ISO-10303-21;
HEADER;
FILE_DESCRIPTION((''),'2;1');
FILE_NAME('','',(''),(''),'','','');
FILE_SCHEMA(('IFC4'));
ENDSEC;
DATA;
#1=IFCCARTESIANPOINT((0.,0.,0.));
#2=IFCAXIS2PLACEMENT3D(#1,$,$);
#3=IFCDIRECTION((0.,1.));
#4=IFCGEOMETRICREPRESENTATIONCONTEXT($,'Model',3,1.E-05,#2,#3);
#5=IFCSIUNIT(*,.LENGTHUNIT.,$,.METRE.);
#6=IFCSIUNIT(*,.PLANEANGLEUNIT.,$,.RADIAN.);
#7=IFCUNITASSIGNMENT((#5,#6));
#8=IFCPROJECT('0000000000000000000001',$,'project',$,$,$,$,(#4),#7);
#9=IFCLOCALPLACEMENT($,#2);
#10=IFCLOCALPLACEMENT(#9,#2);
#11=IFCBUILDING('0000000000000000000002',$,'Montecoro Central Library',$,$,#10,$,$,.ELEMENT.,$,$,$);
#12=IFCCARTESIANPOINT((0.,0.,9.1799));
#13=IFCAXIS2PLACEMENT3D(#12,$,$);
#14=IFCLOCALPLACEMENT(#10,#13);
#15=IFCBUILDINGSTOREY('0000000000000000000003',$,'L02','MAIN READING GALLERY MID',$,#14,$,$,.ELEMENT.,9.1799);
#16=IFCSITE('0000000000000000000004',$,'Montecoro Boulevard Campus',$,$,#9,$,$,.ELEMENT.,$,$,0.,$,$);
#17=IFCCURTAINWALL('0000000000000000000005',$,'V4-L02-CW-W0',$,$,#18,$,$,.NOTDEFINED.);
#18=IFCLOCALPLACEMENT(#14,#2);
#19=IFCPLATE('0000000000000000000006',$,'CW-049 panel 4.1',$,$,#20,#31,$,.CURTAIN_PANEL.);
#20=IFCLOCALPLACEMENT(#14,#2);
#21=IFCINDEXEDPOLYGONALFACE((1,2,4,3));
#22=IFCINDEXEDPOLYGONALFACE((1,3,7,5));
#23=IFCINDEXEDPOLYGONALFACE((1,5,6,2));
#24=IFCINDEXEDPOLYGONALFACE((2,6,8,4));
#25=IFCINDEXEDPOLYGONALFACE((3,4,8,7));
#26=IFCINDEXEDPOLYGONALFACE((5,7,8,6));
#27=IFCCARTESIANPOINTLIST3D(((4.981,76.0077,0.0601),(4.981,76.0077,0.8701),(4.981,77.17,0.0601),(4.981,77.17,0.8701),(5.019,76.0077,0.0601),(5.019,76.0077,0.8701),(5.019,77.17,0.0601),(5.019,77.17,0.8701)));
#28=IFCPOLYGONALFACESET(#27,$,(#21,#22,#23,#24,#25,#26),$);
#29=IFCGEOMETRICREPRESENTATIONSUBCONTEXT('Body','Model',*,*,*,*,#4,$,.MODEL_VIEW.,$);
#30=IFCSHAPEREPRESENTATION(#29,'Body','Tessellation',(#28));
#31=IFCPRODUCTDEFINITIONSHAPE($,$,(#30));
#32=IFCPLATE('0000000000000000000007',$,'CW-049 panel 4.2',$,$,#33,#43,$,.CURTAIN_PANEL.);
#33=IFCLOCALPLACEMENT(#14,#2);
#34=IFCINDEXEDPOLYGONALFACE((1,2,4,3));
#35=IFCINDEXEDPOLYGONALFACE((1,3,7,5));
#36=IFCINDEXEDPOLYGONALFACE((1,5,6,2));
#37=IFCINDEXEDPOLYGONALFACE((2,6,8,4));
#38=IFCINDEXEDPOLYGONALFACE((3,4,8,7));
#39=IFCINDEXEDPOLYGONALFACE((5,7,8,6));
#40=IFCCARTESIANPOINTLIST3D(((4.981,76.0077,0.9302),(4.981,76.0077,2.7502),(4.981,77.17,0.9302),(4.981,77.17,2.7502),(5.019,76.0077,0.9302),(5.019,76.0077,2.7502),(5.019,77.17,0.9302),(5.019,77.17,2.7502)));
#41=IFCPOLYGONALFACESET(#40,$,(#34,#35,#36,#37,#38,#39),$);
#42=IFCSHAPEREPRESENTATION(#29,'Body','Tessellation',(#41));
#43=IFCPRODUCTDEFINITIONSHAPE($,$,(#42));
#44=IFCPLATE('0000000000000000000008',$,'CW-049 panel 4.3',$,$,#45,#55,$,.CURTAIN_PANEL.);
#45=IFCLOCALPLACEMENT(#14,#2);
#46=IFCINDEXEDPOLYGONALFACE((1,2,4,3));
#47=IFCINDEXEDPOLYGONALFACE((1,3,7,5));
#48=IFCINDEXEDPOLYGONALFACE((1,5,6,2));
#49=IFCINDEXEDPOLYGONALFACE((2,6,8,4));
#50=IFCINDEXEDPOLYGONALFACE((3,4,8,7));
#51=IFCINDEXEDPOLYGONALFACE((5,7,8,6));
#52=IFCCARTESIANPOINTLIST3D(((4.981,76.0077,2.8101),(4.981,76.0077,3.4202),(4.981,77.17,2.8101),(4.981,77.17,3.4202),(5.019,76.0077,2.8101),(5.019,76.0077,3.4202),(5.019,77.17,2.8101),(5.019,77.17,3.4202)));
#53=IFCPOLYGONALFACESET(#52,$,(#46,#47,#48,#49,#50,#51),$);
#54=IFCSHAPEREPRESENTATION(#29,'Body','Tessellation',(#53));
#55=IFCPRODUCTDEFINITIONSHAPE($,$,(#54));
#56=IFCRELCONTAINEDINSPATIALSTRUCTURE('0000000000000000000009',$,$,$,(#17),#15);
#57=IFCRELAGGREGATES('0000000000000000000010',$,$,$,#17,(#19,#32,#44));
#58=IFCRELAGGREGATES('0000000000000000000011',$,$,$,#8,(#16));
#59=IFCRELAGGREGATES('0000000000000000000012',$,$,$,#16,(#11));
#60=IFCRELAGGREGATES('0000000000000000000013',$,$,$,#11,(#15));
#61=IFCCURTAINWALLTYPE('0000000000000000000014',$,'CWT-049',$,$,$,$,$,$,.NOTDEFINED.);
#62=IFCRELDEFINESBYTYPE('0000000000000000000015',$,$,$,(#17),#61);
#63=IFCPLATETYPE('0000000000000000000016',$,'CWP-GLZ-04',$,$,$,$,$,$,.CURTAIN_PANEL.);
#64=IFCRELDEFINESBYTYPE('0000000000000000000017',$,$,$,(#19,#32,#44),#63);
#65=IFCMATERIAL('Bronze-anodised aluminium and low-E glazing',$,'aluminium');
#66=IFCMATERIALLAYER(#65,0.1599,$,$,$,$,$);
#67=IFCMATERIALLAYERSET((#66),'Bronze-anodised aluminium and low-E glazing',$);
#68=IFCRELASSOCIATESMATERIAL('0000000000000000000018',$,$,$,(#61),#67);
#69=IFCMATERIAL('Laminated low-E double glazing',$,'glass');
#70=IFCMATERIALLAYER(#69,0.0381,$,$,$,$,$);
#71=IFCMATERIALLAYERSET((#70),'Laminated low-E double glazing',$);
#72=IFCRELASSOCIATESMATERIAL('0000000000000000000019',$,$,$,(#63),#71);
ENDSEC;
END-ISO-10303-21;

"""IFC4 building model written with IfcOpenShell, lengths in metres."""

from ifc_helpers import new_model, si_unit, direction, frame, origin, origin_2d, place, context, subcontext, project, spatial, rectangle, extrude, material, layer, layer_set, type_object, element, aggregate, save


model = new_model("IFC4")

# Units and contexts
model_context = context("Model", 3, precision=1e-05, world=origin(), true_north=direction((0.0, 1.0)))
body_context = subcontext(model_context, "Body", "Model", "MODEL_VIEW")
ifc_project = project(units=[si_unit("LENGTHUNIT", "METRE"), si_unit("PLANEANGLEUNIT", "RADIAN")], contexts=[model_context])

# Site, building, storey
site_placement = place(None, origin())
site = spatial("IfcSite", under=ifc_project, at=site_placement, Name="Montecoro Boulevard Campus", CompositionType="ELEMENT", RefElevation=0.0)
building_placement = place(site_placement, origin())
building = spatial("IfcBuilding", under=site, at=building_placement, Name="Montecoro Central Library", CompositionType="ELEMENT")
storey_placement = place(building_placement, frame((0.0, 0.0, 9.1799)))
storey = spatial("IfcBuildingStorey", under=building, at=storey_placement, Name="L02", Description="MAIN READING GALLERY MID", CompositionType="ELEMENT", Elevation=9.1799)

# Curtain wall, plates
ifc_material_1 = material(Name="Bronze-anodised aluminium and low-E glazing", Category="aluminium")
ifc_layer_1 = layer(ifc_material_1, 0.1599)
ifc_layer_set_1 = layer_set([ifc_layer_1], Name="Bronze-anodised aluminium and low-E glazing")
curtain_wall_type = type_object("IfcCurtainWallType", Name="CWT-049", PredefinedType="NOTDEFINED", material=ifc_layer_set_1)
curtain_wall_placement = place(storey_placement, origin())
curtain_wall = element("IfcCurtainWall", 1, at=curtain_wall_placement, inside=storey, type_object=curtain_wall_type, Name="V4-L02-CW-W0", PredefinedType="NOTDEFINED")
ifc_material_2 = material(Name="Laminated low-E double glazing", Category="glass")
ifc_layer_2 = layer(ifc_material_2, 0.0381)
ifc_layer_set_2 = layer_set([ifc_layer_2], Name="Laminated low-E double glazing")
plate_type = type_object("IfcPlateType", Name="CWP-GLZ-04", PredefinedType="CURTAIN_PANEL", material=ifc_layer_set_2)
plate_1_placement = place(storey_placement, frame((5.0, 76.5889, 0.0601), z_axis=(0.0, 0.0, 1.0), x_axis=(0.0, -1.0, 0.0)))
plate_1 = element("IfcPlate", 2, at=plate_1_placement, type_object=plate_type, Name="CW-049 panel 4.1", PredefinedType="CURTAIN_PANEL", context=body_context, shape_type="SweptSolid", body=[
    extrude(rectangle(XDim=1.1624, YDim=0.0381, at=origin_2d()), origin(), (0.0, 0.0, 1.0), 0.8101),
])
plate_2_placement = place(storey_placement, frame((5.0, 76.5889, 0.9302), z_axis=(0.0, 0.0, 1.0), x_axis=(0.0, -1.0, 0.0)))
plate_2 = element("IfcPlate", 3, at=plate_2_placement, type_object=plate_type, Name="CW-049 panel 4.2", PredefinedType="CURTAIN_PANEL", context=body_context, shape_type="SweptSolid", body=[
    extrude(rectangle(XDim=1.1624, YDim=0.0381, at=origin_2d()), origin(), (0.0, 0.0, 1.0), 1.8201),
])
plate_3_placement = place(storey_placement, frame((5.0, 76.5889, 2.8101), z_axis=(0.0, 0.0, 1.0), x_axis=(0.0, -1.0, 0.0)))
plate_3 = element("IfcPlate", 4, at=plate_3_placement, type_object=plate_type, Name="CW-049 panel 4.3", PredefinedType="CURTAIN_PANEL", context=body_context, shape_type="SweptSolid", body=[
    extrude(rectangle(XDim=1.1624, YDim=0.0381, at=origin_2d()), origin(), (0.0, 0.0, 1.0), 0.6101),
])
aggregate(curtain_wall, [plate_1, plate_2, plate_3])

save(model, "model.ifc")
